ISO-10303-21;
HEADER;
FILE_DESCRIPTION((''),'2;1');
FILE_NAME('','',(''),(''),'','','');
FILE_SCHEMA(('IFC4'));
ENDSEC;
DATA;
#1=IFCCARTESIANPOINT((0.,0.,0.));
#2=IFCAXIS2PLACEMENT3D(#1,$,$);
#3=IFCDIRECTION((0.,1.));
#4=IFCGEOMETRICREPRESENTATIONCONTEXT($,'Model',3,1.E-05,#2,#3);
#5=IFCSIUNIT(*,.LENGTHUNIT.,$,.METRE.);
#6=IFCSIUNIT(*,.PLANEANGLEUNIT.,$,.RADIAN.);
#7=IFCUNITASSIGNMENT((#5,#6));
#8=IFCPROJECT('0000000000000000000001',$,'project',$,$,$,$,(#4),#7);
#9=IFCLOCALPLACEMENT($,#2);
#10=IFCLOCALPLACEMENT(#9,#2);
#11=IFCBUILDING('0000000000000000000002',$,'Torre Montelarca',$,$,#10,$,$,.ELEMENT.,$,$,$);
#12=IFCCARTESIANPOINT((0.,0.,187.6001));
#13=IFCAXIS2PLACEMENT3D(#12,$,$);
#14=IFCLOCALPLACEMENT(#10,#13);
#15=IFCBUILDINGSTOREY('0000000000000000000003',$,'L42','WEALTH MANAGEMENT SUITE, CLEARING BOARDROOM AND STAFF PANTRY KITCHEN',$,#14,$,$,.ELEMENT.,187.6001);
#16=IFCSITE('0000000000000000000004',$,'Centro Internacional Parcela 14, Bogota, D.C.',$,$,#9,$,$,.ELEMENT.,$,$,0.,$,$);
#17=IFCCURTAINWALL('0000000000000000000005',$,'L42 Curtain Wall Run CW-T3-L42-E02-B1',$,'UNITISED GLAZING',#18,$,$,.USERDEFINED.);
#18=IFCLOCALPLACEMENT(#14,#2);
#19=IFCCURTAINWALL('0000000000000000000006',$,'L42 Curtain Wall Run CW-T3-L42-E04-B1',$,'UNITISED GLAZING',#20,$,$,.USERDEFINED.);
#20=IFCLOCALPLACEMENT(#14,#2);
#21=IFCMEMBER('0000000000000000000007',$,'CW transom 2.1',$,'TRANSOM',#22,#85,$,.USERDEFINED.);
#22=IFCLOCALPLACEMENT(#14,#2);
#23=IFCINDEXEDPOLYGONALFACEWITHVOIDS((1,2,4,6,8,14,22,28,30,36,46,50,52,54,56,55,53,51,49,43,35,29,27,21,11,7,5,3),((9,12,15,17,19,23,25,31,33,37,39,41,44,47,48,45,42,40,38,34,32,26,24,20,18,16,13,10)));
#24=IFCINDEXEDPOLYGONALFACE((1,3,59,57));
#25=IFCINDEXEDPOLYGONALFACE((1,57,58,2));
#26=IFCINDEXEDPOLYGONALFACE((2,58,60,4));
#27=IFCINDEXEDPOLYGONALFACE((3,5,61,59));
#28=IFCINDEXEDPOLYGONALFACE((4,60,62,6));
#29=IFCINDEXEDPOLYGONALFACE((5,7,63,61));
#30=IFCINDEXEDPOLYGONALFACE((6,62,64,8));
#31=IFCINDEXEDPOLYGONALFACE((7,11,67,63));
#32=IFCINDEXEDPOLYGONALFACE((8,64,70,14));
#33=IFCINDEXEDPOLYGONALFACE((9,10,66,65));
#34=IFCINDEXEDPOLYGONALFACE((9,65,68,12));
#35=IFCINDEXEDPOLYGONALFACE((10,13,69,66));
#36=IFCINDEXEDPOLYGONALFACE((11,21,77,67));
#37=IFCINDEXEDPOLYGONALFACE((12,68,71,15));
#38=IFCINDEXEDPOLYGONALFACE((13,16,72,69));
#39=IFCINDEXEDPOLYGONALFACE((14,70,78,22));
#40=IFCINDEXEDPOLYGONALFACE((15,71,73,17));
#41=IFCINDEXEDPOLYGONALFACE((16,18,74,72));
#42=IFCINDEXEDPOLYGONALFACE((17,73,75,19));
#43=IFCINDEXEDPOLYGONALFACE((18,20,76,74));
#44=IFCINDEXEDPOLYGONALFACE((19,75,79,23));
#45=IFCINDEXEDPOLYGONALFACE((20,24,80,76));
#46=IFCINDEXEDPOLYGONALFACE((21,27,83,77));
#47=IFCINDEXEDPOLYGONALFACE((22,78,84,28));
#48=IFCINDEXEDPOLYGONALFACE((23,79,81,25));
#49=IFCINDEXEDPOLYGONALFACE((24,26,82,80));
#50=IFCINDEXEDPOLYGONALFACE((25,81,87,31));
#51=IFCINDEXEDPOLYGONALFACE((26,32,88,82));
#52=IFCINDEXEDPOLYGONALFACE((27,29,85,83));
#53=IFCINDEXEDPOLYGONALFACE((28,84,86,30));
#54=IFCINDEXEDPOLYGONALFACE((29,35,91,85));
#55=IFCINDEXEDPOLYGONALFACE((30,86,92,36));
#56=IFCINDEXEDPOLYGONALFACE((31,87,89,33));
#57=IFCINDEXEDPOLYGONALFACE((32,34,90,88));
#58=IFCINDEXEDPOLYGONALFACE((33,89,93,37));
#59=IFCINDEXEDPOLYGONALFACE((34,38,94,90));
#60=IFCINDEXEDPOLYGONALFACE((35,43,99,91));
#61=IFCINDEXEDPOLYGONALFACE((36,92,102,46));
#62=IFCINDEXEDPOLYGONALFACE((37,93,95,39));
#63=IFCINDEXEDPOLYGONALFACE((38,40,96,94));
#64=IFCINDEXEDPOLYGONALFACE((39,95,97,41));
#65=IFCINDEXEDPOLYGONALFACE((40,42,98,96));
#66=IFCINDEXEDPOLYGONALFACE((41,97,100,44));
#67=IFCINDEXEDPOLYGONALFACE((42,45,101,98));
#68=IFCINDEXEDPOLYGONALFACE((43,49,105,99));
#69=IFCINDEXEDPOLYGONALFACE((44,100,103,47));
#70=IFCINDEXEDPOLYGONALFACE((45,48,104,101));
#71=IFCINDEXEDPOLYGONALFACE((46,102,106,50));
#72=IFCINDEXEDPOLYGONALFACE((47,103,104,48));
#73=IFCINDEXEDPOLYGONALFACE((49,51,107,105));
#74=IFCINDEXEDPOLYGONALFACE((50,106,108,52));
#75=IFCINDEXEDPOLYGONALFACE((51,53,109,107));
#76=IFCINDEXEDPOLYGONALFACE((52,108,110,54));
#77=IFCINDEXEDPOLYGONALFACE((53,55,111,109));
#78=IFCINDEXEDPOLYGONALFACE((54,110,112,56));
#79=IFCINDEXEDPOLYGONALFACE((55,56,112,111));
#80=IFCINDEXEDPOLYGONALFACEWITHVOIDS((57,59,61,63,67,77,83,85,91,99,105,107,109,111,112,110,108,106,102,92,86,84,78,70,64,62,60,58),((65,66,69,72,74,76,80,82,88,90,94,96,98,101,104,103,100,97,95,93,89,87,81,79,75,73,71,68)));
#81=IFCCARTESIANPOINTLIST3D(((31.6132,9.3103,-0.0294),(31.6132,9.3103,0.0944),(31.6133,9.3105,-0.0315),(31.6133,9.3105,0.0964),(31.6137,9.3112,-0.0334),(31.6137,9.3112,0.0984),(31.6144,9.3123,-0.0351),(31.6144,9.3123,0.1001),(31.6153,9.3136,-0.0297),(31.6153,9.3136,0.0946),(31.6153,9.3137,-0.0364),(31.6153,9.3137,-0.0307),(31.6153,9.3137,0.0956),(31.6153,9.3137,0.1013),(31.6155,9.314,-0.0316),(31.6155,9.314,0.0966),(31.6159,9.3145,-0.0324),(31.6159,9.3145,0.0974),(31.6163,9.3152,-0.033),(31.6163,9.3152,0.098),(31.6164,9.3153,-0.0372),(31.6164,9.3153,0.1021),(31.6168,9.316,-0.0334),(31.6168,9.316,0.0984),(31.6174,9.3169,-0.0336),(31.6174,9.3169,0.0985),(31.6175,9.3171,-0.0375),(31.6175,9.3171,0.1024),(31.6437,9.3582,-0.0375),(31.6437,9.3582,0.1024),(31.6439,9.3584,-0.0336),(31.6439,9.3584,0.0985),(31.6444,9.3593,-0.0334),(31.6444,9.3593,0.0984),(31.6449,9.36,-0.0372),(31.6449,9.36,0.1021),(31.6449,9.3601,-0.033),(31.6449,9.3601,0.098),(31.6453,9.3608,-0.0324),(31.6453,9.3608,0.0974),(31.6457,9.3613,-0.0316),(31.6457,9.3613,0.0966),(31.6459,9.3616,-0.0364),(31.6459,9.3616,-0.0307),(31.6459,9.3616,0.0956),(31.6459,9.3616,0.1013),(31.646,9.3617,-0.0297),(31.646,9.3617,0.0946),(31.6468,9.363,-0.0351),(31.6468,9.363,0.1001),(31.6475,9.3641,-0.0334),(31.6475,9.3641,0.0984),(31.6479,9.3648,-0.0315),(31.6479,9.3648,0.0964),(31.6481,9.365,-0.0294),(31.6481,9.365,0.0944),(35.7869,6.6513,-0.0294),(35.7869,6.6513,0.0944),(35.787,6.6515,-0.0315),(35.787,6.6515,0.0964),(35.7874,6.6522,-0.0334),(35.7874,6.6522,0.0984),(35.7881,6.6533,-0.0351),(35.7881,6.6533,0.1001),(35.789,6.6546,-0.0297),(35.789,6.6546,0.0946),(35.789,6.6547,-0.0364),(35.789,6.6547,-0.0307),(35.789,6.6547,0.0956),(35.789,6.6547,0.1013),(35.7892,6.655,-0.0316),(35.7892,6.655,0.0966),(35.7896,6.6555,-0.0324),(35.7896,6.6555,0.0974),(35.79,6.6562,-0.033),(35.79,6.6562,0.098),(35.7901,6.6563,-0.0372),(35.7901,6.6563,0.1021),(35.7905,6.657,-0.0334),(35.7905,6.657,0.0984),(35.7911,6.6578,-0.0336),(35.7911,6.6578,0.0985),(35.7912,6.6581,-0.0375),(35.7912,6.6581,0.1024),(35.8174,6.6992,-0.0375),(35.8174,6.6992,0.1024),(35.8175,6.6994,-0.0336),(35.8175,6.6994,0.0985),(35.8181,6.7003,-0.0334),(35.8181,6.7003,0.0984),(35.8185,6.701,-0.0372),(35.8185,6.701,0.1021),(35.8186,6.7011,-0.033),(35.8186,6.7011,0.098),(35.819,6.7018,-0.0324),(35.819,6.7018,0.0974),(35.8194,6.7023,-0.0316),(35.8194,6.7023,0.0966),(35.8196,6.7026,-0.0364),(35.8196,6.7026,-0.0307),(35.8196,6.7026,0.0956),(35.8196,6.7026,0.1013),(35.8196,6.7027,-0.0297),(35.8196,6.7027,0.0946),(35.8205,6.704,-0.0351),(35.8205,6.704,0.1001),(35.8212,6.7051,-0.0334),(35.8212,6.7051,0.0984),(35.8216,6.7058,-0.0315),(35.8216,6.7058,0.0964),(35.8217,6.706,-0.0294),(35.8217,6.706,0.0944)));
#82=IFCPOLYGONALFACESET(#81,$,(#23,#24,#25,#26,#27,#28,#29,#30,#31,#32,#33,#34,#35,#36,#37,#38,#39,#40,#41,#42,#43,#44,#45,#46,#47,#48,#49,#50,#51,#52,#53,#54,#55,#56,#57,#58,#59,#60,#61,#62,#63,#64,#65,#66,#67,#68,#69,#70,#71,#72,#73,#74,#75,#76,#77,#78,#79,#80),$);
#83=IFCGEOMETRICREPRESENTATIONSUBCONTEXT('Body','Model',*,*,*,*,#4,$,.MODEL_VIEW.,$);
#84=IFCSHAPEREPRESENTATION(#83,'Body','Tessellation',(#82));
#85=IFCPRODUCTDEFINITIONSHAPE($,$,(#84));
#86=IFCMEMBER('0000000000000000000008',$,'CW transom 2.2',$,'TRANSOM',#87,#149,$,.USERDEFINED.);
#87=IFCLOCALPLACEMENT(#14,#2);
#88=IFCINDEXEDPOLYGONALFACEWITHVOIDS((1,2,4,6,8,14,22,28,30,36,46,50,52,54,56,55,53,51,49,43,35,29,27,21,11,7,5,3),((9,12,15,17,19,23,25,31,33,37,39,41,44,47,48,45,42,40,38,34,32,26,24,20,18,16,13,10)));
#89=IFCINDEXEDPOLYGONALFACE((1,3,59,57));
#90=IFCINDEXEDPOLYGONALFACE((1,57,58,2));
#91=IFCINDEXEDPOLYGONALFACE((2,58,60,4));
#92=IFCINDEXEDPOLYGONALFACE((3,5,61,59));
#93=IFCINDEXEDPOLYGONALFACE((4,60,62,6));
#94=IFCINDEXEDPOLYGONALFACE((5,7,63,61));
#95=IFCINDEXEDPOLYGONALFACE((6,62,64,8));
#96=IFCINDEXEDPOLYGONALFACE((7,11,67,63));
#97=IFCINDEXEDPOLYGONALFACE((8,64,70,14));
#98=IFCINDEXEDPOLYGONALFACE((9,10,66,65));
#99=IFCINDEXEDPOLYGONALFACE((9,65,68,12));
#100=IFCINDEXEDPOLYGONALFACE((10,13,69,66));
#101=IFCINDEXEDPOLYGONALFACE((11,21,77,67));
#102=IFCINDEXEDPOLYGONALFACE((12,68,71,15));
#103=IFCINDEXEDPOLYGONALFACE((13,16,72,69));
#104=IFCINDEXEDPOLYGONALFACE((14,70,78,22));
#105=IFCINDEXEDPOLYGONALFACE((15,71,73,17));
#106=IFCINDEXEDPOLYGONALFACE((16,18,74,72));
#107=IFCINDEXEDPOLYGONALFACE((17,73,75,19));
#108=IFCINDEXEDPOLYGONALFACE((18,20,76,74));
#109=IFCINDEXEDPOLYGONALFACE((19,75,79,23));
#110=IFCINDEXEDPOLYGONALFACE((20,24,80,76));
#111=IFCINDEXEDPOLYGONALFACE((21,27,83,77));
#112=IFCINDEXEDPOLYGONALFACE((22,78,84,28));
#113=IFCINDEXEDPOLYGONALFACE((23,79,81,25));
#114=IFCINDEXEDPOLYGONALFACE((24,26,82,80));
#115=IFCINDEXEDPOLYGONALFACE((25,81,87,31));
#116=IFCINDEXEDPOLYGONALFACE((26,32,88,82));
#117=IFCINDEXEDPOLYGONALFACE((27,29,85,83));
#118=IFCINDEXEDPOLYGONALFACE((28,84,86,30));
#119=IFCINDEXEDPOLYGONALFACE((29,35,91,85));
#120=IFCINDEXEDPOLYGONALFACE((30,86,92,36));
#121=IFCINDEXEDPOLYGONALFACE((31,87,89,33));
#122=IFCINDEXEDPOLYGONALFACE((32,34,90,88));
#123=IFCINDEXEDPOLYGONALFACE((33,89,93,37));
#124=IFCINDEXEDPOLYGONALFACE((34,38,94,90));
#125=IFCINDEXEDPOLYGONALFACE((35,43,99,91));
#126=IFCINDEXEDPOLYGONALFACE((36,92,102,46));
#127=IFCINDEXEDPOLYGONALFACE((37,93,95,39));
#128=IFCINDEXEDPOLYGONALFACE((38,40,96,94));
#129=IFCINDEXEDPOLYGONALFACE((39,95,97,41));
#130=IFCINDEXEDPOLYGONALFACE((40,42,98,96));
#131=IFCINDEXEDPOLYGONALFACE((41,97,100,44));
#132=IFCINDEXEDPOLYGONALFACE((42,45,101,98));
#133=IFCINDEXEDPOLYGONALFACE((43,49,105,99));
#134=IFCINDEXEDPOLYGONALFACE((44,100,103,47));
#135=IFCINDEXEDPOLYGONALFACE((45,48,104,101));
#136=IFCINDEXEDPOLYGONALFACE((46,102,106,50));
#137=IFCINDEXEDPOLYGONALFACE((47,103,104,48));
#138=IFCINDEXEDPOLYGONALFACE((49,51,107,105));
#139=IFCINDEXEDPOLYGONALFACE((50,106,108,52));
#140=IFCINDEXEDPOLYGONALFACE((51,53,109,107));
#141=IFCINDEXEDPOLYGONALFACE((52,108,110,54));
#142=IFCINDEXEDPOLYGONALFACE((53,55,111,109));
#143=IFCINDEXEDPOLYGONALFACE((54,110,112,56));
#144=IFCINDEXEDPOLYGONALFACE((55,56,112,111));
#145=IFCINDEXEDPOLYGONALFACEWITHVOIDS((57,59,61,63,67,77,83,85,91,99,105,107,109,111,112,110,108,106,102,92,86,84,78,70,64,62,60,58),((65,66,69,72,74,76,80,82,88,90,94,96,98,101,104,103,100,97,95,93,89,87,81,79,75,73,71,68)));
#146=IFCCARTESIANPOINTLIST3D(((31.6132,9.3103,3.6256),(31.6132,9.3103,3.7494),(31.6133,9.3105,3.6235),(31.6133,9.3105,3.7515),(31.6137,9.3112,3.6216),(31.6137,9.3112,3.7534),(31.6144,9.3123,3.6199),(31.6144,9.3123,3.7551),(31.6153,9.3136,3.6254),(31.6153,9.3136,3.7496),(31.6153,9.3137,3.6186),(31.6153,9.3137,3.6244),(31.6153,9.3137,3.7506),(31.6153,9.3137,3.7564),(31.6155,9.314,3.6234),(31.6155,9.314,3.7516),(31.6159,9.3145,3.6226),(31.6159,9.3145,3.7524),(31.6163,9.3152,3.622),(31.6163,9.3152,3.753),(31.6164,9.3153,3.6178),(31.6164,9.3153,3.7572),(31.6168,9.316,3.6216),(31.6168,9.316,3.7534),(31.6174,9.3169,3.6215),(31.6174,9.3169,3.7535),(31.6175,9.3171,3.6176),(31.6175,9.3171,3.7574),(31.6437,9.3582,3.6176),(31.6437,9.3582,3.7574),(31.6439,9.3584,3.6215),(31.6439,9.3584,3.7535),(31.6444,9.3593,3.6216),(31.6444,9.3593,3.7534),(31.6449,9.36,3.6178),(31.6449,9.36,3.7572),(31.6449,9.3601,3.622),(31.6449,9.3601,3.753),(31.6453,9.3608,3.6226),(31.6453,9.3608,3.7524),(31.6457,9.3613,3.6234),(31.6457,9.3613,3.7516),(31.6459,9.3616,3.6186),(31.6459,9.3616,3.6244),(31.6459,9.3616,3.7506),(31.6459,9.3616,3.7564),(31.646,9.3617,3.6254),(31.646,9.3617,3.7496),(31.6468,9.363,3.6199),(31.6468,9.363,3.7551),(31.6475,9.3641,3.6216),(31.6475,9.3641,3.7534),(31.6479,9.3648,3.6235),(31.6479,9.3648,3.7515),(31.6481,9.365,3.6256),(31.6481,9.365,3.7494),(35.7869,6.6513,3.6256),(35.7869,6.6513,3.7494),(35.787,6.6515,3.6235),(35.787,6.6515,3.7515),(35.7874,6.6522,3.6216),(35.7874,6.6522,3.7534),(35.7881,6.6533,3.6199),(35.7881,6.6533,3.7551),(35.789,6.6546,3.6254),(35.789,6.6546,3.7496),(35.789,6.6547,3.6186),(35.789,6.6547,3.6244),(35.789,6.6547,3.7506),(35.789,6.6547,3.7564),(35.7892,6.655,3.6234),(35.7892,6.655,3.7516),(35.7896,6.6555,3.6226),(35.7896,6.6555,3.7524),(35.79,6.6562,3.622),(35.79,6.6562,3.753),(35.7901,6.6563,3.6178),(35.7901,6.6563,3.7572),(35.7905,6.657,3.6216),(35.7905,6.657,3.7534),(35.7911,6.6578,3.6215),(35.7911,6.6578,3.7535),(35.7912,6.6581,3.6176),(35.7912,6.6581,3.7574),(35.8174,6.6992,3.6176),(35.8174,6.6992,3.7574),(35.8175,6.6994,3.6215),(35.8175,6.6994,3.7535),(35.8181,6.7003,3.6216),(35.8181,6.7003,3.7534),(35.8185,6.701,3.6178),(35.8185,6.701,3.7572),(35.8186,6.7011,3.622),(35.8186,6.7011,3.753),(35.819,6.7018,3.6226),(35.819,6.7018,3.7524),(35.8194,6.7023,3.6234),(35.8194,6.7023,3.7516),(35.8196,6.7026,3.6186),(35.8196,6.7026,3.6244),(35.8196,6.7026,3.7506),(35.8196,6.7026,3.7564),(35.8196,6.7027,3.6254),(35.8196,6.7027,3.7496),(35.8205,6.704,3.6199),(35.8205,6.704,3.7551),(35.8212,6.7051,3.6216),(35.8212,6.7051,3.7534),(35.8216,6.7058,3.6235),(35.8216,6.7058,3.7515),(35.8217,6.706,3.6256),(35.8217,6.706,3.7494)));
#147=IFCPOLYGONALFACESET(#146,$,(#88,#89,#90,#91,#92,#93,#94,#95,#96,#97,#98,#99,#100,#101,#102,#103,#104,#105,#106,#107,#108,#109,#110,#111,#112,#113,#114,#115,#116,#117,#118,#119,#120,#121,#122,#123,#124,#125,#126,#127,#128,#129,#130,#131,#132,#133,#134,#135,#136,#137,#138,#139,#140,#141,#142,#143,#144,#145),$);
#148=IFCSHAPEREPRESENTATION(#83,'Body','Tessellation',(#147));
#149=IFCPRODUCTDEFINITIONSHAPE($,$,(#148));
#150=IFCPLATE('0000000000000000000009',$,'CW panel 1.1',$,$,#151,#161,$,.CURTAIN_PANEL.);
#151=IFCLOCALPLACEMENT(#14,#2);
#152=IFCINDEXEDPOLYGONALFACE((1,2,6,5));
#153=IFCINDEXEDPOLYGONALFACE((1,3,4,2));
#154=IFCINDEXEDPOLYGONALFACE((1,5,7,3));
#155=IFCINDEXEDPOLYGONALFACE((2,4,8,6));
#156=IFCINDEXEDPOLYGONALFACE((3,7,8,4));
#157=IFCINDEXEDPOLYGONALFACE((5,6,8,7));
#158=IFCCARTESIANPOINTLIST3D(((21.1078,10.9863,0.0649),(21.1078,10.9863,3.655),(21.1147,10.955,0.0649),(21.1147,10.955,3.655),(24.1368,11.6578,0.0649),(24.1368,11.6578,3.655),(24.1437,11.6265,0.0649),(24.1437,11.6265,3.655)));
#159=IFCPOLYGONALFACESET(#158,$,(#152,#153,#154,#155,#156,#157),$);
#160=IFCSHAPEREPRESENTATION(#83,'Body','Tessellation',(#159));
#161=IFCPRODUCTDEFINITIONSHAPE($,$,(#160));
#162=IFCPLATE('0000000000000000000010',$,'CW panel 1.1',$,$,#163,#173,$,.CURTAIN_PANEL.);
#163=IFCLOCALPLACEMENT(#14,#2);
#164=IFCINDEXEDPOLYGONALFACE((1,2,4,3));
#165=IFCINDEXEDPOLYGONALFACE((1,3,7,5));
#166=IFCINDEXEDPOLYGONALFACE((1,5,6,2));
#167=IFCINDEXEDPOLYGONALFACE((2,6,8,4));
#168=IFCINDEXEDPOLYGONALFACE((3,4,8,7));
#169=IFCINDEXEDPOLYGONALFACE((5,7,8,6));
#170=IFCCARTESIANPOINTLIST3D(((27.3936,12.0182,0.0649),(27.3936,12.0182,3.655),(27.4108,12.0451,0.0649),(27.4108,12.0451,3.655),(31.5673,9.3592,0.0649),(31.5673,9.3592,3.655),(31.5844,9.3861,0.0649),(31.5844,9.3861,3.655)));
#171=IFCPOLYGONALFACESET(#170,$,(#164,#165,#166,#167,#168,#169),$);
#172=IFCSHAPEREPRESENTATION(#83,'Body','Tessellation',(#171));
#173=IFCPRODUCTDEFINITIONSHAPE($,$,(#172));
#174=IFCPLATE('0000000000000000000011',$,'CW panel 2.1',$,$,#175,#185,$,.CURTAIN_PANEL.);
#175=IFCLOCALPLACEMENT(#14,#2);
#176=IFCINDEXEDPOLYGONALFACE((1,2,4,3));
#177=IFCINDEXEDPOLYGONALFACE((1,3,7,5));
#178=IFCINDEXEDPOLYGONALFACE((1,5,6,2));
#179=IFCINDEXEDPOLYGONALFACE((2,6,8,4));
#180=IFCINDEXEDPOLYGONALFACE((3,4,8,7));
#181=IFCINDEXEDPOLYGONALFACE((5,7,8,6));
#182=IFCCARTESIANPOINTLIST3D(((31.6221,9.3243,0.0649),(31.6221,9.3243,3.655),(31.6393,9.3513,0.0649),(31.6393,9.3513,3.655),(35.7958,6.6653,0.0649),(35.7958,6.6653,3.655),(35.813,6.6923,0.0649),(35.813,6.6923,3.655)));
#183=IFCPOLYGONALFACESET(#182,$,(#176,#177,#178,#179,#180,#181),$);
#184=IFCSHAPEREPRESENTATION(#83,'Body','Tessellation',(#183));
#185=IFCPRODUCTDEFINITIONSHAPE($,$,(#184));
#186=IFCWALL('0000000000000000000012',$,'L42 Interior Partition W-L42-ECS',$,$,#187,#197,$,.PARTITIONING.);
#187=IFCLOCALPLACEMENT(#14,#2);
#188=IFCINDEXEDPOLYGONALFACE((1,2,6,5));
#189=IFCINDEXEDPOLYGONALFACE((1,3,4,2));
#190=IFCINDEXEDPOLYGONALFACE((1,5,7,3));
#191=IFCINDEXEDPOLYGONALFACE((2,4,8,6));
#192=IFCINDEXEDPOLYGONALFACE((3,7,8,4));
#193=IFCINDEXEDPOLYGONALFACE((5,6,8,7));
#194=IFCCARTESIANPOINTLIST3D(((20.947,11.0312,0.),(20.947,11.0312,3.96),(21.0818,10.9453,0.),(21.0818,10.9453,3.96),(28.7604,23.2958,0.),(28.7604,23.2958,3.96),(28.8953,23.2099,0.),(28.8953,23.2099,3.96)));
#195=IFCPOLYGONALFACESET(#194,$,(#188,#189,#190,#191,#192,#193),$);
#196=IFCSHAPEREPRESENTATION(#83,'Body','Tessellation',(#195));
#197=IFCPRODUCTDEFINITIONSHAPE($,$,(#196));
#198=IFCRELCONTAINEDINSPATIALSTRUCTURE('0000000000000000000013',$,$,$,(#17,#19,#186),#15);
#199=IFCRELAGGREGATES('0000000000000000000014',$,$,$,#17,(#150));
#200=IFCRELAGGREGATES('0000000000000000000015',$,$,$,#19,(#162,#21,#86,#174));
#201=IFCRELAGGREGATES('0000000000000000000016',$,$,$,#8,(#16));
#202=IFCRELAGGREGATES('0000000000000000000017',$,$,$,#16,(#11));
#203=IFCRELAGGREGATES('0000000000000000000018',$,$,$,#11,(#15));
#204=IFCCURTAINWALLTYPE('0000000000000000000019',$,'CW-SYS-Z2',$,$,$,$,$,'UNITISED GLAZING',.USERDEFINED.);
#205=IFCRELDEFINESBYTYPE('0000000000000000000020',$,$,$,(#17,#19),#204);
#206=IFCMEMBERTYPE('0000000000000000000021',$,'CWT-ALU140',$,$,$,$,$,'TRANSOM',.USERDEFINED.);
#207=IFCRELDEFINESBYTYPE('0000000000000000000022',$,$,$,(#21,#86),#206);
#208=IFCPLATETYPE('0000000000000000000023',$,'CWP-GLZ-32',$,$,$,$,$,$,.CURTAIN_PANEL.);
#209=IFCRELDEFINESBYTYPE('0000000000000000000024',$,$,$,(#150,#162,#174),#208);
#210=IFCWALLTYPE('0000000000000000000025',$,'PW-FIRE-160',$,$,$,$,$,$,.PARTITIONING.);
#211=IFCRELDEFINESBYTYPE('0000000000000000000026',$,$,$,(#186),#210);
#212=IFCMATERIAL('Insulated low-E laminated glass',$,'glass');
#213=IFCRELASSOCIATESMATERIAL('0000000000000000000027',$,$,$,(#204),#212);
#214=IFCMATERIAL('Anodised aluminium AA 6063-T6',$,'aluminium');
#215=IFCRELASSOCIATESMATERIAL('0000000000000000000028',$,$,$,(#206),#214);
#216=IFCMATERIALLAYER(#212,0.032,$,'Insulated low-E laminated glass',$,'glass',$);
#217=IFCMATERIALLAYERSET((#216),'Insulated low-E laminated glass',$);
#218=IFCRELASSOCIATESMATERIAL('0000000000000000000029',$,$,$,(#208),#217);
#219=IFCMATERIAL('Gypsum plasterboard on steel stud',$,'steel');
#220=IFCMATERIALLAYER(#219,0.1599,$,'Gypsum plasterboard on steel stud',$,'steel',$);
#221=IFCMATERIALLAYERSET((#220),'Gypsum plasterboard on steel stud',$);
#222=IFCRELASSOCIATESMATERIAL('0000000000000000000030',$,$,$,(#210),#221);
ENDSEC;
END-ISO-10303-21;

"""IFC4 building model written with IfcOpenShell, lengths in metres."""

from ifc_helpers import new_model, si_unit, direction, frame, frame_2d, origin, origin_2d, place, context, subcontext, project, spatial, rectangle, hollow_rectangle, extrude, source, transform, mapped, material, layer, layer_set, material_profile, profile_set, type_object, element, aggregate, save


model = new_model("IFC4")

# Units and contexts
model_context = context("Model", 3, precision=1e-05, world=origin(), true_north=direction((0.0, 1.0)))
body_context = subcontext(model_context, "Body", "Model", "MODEL_VIEW")
ifc_project = project(units=[si_unit("LENGTHUNIT", "METRE"), si_unit("PLANEANGLEUNIT", "RADIAN")], contexts=[model_context])

# Site, building, storey
site_placement = place(None, origin())
site = spatial("IfcSite", under=ifc_project, at=site_placement, Name="Centro Internacional Parcela 14, Bogota, D.C.", CompositionType="ELEMENT", RefElevation=0.0)
building_placement = place(site_placement, origin())
building = spatial("IfcBuilding", under=site, at=building_placement, Name="Torre Montelarca", CompositionType="ELEMENT")
storey_placement = place(building_placement, frame((0.0, 0.0, 187.6001)))
storey = spatial("IfcBuildingStorey", under=building, at=storey_placement, Name="L42", Description="WEALTH MANAGEMENT SUITE, CLEARING BOARDROOM AND STAFF PANTRY KITCHEN", CompositionType="ELEMENT", Elevation=187.6001)

# Curtain walls
ifc_material_1 = material(Name="Insulated low-E laminated glass", Category="glass")
curtain_wall_type = type_object("IfcCurtainWallType", Name="CW-SYS-Z2", ElementType="UNITISED GLAZING", PredefinedType="USERDEFINED", material=ifc_material_1)
curtain_wall_1_placement = place(storey_placement, origin())
curtain_wall_1 = element("IfcCurtainWall", 1, at=curtain_wall_1_placement, inside=storey, type_object=curtain_wall_type, Name="L42 Curtain Wall Run CW-T3-L42-E02-B1", ObjectType="UNITISED GLAZING", PredefinedType="USERDEFINED")
ifc_material_2 = material(Name="Anodised aluminium AA 6063-T6", Category="aluminium")
ifc_material_profile_1 = material_profile(ifc_material_2, hollow_rectangle(XDim=0.0649, YDim=0.1399, WallThickness=0.0039, InnerFilletRadius=0.0039, OuterFilletRadius=0.0081, at=origin_2d()), Name="ALU65X140X4", Category="aluminium")
ifc_profile_set_1 = profile_set([ifc_material_profile_1], Name="Anodised aluminium AA 6063-T6")
member_type_1 = type_object("IfcMemberType", Name="CWT-ALU140", ElementType="TRANSOM", PredefinedType="USERDEFINED", material=ifc_profile_set_1)
curtain_wall_2_placement = place(storey_placement, origin())
curtain_wall_2 = element("IfcCurtainWall", 2, at=curtain_wall_2_placement, inside=storey, type_object=curtain_wall_type, Name="L42 Curtain Wall Run CW-T3-L42-E04-B1", ObjectType="UNITISED GLAZING", PredefinedType="USERDEFINED")

# Members
shared_shape_1 = source(origin(), body_context, "Body", "SweptSolid", [
    extrude(hollow_rectangle(XDim=0.0649, YDim=0.1399, WallThickness=0.0039, InnerFilletRadius=0.0039, OuterFilletRadius=0.0081, at=origin_2d()), origin(), (0.0, 0.0, 1.0), 4.9487),
])
member_1_placement = place(storey_placement, frame((31.6306, 9.3376, 0.0325), z_axis=(0.843385, -0.53731, 0.0), x_axis=(0.53731, 0.843385, 0.0)))
member_1 = element("IfcMember", 3, at=member_1_placement, type_object=member_type_1, Name="CW transom 2.1", ObjectType="TRANSOM", PredefinedType="USERDEFINED", context=body_context, shape_type="MappedRepresentation", body=[
    mapped(shared_shape_1, transform((0.0, 0.0, 0.0), scale=1.0)),
])
member_2_placement = place(storey_placement, frame((31.6306, 9.3376, 3.6875), z_axis=(0.843385, -0.53731, 0.0), x_axis=(0.53731, 0.843385, 0.0)))
member_2 = element("IfcMember", 4, at=member_2_placement, type_object=member_type_1, Name="CW transom 2.2", ObjectType="TRANSOM", PredefinedType="USERDEFINED", context=body_context, shape_type="MappedRepresentation", body=[
    mapped(shared_shape_1, transform((0.0, 0.0, 0.0), scale=1.0)),
])

# Plates
ifc_layer_1 = layer(ifc_material_1, 0.032, Name="Insulated low-E laminated glass", Category="glass")
ifc_layer_set_1 = layer_set([ifc_layer_1], Name="Insulated low-E laminated glass")
plate_type = type_object("IfcPlateType", Name="CWP-GLZ-32", PredefinedType="CURTAIN_PANEL", material=ifc_layer_set_1)
shared_shape_2 = source(origin(), body_context, "Body", "SweptSolid", [
    extrude(rectangle(XDim=3.1025, YDim=0.032, at=origin_2d()), origin(), (0.0, 0.0, 1.0), 3.5901),
])
plate_1_placement = place(storey_placement, frame((22.6257, 11.3064, 0.0649), z_axis=(0.0, 0.0, 1.0), x_axis=(0.976297, 0.216434, 0.0)))
plate_1 = element("IfcPlate", 5, at=plate_1_placement, type_object=plate_type, Name="CW panel 1.1", PredefinedType="CURTAIN_PANEL", context=body_context, shape_type="MappedRepresentation", body=[
    mapped(shared_shape_2, transform((0.0, 0.0, 0.0), scale=1.0)),
])
aggregate(curtain_wall_1, [plate_1])
shared_shape_3 = source(origin(), body_context, "Body", "SweptSolid", [
    extrude(rectangle(XDim=4.9487, YDim=0.032, at=origin_2d()), origin(), (0.0, 0.0, 1.0), 3.5901),
])
plate_2_placement = place(storey_placement, frame((29.489, 10.7021, 0.0649), z_axis=(0.0, 0.0, 1.0), x_axis=(0.843385, -0.53731, 0.0)))
plate_2 = element("IfcPlate", 6, at=plate_2_placement, type_object=plate_type, Name="CW panel 1.1", PredefinedType="CURTAIN_PANEL", context=body_context, shape_type="MappedRepresentation", body=[
    mapped(shared_shape_3, transform((0.0, 0.0, 0.0), scale=1.0)),
])
plate_3_placement = place(storey_placement, frame((33.7175, 8.0083, 0.0649), z_axis=(0.0, 0.0, 1.0), x_axis=(0.843385, -0.53731, 0.0)))
plate_3 = element("IfcPlate", 7, at=plate_3_placement, type_object=plate_type, Name="CW panel 2.1", PredefinedType="CURTAIN_PANEL", context=body_context, shape_type="MappedRepresentation", body=[
    mapped(shared_shape_3, transform((0.0, 0.0, 0.0), scale=1.0)),
])
aggregate(curtain_wall_2, [plate_2, member_1, member_2, plate_3])

# Wall
ifc_material_3 = material(Name="Gypsum plasterboard on steel stud", Category="steel")
ifc_layer_2 = layer(ifc_material_3, 0.1599, Name="Gypsum plasterboard on steel stud", Category="steel")
ifc_layer_set_2 = layer_set([ifc_layer_2], Name="Gypsum plasterboard on steel stud")
wall_type = type_object("IfcWallType", Name="PW-FIRE-160", PredefinedType="PARTITIONING", material=ifc_layer_set_2)
wall_placement = place(storey_placement, frame((21.0144, 10.9883, 0.0), z_axis=(0.0, 0.0, 1.0), x_axis=(0.537301, 0.84339, 0.0)))
element("IfcWall", 8, at=wall_placement, inside=storey, type_object=wall_type, Name="L42 Interior Partition W-L42-ECS", PredefinedType="PARTITIONING", context=body_context, shape_type="SweptSolid", body=[
    extrude(rectangle(XDim=14.542, YDim=0.1599, at=frame_2d((7.271, 0.0))), origin(), (0.0, 0.0, 1.0), 3.96),
])

save(model, "model.ifc")
